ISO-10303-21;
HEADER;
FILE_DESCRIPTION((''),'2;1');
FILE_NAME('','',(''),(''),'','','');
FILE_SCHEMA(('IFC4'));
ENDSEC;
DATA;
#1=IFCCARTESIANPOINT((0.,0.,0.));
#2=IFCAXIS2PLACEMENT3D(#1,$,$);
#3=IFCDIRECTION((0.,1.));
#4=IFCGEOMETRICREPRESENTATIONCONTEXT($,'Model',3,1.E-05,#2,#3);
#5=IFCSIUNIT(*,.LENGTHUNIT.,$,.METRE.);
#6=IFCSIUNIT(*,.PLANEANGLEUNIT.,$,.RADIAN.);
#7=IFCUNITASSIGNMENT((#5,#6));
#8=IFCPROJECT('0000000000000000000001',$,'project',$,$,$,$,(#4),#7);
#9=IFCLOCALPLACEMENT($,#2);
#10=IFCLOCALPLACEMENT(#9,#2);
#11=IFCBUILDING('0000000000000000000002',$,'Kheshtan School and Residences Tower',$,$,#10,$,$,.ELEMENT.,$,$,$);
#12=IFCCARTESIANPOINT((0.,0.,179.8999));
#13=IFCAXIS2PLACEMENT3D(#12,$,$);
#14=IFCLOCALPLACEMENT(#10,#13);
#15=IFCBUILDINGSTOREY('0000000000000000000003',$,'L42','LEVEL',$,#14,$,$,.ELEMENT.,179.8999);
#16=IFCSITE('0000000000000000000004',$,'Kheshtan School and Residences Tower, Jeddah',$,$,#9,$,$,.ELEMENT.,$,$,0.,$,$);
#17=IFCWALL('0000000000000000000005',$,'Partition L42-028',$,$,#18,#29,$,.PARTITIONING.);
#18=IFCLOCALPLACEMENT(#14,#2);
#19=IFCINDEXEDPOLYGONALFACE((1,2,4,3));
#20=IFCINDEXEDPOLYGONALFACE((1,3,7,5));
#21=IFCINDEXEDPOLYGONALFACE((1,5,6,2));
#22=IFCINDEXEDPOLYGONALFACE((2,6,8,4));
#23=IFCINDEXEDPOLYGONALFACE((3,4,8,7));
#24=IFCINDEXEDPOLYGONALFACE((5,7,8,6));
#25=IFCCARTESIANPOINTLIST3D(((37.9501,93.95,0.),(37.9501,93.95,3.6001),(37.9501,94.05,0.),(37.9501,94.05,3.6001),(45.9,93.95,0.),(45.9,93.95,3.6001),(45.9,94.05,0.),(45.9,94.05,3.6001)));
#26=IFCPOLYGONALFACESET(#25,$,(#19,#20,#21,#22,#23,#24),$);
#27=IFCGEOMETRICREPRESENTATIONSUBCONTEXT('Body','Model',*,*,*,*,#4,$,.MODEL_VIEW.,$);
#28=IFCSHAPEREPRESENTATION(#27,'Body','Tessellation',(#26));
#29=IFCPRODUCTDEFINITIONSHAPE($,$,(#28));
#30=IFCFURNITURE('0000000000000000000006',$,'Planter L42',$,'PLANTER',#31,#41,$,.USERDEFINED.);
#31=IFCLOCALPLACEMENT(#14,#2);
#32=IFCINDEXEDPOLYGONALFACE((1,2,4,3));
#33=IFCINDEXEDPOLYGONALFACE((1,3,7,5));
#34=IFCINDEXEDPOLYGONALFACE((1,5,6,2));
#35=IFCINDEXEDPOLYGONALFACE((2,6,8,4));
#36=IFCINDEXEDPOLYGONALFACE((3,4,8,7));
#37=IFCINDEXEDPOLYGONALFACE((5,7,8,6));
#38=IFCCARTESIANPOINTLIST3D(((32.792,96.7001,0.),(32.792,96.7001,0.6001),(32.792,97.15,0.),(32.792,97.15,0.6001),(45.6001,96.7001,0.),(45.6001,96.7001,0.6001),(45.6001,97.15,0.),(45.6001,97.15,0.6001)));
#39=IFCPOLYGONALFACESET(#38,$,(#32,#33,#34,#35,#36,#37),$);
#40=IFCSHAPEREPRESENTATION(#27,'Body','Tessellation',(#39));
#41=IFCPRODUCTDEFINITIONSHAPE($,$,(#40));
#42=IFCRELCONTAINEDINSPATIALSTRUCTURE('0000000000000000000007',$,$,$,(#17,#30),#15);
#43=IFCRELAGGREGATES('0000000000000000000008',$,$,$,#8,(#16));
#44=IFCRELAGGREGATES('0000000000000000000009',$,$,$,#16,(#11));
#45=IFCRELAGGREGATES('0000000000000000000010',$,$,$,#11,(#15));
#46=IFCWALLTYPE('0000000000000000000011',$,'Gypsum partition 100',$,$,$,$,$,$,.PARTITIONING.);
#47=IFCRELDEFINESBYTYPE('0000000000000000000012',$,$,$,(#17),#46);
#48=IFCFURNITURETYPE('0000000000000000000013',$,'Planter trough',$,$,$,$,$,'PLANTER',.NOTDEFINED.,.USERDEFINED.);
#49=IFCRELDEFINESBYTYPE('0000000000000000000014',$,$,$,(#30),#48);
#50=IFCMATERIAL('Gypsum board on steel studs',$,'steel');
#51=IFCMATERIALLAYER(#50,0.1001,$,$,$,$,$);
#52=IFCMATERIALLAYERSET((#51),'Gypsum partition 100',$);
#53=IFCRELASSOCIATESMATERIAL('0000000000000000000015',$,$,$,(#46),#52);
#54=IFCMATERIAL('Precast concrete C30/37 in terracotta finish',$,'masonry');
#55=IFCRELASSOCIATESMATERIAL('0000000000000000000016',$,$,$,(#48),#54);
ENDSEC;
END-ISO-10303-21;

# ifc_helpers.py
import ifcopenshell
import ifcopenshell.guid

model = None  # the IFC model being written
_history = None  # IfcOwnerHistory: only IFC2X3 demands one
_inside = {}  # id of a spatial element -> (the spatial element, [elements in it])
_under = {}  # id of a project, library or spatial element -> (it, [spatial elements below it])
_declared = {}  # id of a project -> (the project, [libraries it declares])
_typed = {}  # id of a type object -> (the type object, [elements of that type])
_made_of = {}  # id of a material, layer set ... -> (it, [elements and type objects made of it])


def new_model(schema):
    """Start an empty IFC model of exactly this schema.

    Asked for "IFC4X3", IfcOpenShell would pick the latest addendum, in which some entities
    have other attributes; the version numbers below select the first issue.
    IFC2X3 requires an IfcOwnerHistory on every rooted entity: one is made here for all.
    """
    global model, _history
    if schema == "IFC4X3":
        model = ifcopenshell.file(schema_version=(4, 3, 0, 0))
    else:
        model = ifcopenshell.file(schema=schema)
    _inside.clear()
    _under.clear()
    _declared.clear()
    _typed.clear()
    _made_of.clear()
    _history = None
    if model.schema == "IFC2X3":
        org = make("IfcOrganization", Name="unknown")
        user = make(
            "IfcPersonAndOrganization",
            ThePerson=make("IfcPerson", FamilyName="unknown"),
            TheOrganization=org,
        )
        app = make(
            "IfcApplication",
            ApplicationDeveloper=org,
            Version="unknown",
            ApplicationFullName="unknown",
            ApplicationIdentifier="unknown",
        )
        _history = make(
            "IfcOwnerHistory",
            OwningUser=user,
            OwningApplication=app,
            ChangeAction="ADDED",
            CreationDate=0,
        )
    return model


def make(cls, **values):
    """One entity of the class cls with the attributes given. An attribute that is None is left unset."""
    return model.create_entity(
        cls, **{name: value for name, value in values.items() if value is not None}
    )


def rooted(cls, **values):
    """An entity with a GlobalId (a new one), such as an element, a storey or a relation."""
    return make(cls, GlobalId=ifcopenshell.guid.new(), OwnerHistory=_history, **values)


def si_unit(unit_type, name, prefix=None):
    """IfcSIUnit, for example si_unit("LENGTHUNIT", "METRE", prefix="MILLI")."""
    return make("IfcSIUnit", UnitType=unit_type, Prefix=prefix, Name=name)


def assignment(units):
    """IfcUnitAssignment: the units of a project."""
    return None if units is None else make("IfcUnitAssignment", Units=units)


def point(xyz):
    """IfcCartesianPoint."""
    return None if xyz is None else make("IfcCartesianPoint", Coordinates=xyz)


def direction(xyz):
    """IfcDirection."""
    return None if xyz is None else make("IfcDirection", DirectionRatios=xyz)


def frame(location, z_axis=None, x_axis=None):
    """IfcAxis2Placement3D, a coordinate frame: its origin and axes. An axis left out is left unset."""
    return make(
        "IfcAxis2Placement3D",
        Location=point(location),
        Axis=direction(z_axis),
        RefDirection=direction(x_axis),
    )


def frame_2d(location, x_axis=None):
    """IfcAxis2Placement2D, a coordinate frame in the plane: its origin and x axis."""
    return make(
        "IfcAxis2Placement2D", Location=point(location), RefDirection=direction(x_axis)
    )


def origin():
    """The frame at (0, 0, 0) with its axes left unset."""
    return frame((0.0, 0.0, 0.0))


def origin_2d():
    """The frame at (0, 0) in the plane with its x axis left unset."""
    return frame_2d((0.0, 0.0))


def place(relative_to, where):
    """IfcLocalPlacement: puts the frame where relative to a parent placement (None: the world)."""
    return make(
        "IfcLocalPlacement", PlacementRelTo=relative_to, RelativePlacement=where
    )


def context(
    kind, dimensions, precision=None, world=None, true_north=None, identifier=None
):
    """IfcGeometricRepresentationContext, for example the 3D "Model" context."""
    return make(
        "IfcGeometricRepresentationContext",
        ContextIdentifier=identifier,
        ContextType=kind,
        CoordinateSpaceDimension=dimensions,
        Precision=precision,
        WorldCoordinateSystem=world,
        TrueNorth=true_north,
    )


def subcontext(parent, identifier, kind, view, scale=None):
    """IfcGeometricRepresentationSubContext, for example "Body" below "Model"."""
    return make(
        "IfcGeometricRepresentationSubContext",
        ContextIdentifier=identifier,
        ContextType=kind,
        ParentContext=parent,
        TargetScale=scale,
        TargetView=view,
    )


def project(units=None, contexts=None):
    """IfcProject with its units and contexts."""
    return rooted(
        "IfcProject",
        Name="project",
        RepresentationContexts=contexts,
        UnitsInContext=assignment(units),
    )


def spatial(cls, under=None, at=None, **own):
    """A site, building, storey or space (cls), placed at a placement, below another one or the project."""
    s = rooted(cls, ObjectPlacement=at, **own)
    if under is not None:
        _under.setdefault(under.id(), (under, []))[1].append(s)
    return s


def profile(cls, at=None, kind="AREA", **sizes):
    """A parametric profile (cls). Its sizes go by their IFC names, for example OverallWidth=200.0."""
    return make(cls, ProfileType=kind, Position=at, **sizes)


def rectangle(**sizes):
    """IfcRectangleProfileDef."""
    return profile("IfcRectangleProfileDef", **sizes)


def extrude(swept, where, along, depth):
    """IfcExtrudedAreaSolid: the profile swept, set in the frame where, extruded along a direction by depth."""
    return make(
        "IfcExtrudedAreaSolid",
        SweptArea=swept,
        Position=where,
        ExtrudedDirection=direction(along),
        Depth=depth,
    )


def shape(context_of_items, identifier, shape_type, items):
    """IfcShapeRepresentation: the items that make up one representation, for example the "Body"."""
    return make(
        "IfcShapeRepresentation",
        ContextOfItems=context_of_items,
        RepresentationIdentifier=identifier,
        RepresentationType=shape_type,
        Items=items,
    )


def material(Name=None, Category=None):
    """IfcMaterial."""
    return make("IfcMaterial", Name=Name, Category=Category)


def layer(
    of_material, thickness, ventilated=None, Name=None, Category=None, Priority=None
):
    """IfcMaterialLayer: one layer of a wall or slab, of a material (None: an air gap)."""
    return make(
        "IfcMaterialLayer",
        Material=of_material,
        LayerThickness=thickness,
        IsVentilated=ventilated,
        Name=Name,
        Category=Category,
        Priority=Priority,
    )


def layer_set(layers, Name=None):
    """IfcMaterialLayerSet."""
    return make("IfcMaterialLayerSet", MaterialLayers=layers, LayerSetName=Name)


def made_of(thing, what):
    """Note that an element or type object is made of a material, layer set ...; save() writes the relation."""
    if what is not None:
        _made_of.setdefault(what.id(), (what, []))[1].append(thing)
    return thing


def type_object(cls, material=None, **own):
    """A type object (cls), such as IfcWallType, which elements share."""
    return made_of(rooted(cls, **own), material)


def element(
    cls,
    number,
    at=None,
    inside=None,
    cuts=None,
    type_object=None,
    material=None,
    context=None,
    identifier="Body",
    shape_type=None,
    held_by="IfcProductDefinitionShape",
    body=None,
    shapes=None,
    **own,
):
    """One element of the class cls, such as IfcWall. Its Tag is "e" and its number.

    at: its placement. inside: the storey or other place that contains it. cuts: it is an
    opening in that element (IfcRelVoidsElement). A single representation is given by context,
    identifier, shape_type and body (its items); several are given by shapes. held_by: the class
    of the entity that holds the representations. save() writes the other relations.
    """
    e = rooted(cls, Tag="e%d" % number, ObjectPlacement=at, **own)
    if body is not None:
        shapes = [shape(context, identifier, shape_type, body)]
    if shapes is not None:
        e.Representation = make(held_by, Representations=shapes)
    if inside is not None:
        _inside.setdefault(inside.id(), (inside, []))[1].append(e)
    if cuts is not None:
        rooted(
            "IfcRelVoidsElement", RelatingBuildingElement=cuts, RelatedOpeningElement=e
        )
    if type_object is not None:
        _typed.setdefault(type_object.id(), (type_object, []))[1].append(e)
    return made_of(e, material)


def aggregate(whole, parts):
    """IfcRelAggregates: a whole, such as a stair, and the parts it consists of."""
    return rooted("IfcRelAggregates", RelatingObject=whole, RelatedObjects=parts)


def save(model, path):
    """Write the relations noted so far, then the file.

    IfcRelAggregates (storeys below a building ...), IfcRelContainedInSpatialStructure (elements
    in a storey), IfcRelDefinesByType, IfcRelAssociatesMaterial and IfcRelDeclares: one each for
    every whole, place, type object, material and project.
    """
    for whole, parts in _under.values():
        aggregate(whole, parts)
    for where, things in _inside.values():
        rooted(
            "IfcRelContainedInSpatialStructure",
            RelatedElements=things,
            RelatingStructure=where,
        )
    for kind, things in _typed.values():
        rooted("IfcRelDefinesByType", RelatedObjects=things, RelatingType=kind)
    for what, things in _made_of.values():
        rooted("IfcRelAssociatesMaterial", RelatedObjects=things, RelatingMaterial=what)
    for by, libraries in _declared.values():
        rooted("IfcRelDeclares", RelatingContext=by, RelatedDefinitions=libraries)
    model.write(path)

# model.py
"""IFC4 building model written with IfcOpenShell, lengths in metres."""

from ifc_helpers import new_model, si_unit, direction, frame, frame_2d, origin, origin_2d, place, context, subcontext, project, spatial, rectangle, extrude, material, layer, layer_set, type_object, element, save


model = new_model("IFC4")

# Units and contexts
model_context = context("Model", 3, precision=1e-05, world=origin(), true_north=direction((0.0, 1.0)))
body_context = subcontext(model_context, "Body", "Model", "MODEL_VIEW")
ifc_project = project(units=[si_unit("LENGTHUNIT", "METRE"), si_unit("PLANEANGLEUNIT", "RADIAN")], contexts=[model_context])

# Site, building, storey
site_placement = place(None, origin())
site = spatial("IfcSite", under=ifc_project, at=site_placement, Name="Kheshtan School and Residences Tower, Jeddah", CompositionType="ELEMENT", RefElevation=0.0)
building_placement = place(site_placement, origin())
building = spatial("IfcBuilding", under=site, at=building_placement, Name="Kheshtan School and Residences Tower", CompositionType="ELEMENT")
storey_placement = place(building_placement, frame((0.0, 0.0, 179.8999)))
storey = spatial("IfcBuildingStorey", under=building, at=storey_placement, Name="L42", Description="LEVEL", CompositionType="ELEMENT", Elevation=179.8999)

# Wall
ifc_material_1 = material(Name="Gypsum board on steel studs", Category="steel")
ifc_layer_1 = layer(ifc_material_1, 0.1001)
ifc_layer_set_1 = layer_set([ifc_layer_1], Name="Gypsum partition 100")
wall_type_1 = type_object("IfcWallType", Name="Gypsum partition 100", PredefinedType="PARTITIONING", material=ifc_layer_set_1)
wall_1_placement = place(storey_placement, frame((37.95, 94.0, 0.0), z_axis=(0.0, 0.0, 1.0), x_axis=(1.0, 0.0, 0.0)))
element("IfcWall", 1, at=wall_1_placement, inside=storey, type_object=wall_type_1, Name="Partition L42-028", PredefinedType="PARTITIONING", context=body_context, shape_type="SweptSolid", body=[
    extrude(rectangle(XDim=7.95, YDim=0.1001, at=frame_2d((3.9751, 0.0))), origin(), (0.0, 0.0, 1.0), 3.6001),
])

# Furniture
ifc_material_2 = material(Name="Precast concrete C30/37 in terracotta finish", Category="masonry")
furniture_type = type_object("IfcFurnitureType", Name="Planter trough", ElementType="PLANTER", AssemblyPlace="NOTDEFINED", PredefinedType="USERDEFINED", material=ifc_material_2)
furniture_placement = place(storey_placement, frame((39.196, 96.925, 0.0), z_axis=(0.0, 0.0, 1.0), x_axis=(1.0, 0.0, 0.0)))
element("IfcFurniture", 2, at=furniture_placement, inside=storey, type_object=furniture_type, Name="Planter L42", ObjectType="PLANTER", PredefinedType="USERDEFINED", context=body_context, shape_type="SweptSolid", body=[
    extrude(rectangle(XDim=12.8081, YDim=0.45, at=origin_2d()), origin(), (0.0, 0.0, 1.0), 0.6001),
])

save(model, "model.ifc")
